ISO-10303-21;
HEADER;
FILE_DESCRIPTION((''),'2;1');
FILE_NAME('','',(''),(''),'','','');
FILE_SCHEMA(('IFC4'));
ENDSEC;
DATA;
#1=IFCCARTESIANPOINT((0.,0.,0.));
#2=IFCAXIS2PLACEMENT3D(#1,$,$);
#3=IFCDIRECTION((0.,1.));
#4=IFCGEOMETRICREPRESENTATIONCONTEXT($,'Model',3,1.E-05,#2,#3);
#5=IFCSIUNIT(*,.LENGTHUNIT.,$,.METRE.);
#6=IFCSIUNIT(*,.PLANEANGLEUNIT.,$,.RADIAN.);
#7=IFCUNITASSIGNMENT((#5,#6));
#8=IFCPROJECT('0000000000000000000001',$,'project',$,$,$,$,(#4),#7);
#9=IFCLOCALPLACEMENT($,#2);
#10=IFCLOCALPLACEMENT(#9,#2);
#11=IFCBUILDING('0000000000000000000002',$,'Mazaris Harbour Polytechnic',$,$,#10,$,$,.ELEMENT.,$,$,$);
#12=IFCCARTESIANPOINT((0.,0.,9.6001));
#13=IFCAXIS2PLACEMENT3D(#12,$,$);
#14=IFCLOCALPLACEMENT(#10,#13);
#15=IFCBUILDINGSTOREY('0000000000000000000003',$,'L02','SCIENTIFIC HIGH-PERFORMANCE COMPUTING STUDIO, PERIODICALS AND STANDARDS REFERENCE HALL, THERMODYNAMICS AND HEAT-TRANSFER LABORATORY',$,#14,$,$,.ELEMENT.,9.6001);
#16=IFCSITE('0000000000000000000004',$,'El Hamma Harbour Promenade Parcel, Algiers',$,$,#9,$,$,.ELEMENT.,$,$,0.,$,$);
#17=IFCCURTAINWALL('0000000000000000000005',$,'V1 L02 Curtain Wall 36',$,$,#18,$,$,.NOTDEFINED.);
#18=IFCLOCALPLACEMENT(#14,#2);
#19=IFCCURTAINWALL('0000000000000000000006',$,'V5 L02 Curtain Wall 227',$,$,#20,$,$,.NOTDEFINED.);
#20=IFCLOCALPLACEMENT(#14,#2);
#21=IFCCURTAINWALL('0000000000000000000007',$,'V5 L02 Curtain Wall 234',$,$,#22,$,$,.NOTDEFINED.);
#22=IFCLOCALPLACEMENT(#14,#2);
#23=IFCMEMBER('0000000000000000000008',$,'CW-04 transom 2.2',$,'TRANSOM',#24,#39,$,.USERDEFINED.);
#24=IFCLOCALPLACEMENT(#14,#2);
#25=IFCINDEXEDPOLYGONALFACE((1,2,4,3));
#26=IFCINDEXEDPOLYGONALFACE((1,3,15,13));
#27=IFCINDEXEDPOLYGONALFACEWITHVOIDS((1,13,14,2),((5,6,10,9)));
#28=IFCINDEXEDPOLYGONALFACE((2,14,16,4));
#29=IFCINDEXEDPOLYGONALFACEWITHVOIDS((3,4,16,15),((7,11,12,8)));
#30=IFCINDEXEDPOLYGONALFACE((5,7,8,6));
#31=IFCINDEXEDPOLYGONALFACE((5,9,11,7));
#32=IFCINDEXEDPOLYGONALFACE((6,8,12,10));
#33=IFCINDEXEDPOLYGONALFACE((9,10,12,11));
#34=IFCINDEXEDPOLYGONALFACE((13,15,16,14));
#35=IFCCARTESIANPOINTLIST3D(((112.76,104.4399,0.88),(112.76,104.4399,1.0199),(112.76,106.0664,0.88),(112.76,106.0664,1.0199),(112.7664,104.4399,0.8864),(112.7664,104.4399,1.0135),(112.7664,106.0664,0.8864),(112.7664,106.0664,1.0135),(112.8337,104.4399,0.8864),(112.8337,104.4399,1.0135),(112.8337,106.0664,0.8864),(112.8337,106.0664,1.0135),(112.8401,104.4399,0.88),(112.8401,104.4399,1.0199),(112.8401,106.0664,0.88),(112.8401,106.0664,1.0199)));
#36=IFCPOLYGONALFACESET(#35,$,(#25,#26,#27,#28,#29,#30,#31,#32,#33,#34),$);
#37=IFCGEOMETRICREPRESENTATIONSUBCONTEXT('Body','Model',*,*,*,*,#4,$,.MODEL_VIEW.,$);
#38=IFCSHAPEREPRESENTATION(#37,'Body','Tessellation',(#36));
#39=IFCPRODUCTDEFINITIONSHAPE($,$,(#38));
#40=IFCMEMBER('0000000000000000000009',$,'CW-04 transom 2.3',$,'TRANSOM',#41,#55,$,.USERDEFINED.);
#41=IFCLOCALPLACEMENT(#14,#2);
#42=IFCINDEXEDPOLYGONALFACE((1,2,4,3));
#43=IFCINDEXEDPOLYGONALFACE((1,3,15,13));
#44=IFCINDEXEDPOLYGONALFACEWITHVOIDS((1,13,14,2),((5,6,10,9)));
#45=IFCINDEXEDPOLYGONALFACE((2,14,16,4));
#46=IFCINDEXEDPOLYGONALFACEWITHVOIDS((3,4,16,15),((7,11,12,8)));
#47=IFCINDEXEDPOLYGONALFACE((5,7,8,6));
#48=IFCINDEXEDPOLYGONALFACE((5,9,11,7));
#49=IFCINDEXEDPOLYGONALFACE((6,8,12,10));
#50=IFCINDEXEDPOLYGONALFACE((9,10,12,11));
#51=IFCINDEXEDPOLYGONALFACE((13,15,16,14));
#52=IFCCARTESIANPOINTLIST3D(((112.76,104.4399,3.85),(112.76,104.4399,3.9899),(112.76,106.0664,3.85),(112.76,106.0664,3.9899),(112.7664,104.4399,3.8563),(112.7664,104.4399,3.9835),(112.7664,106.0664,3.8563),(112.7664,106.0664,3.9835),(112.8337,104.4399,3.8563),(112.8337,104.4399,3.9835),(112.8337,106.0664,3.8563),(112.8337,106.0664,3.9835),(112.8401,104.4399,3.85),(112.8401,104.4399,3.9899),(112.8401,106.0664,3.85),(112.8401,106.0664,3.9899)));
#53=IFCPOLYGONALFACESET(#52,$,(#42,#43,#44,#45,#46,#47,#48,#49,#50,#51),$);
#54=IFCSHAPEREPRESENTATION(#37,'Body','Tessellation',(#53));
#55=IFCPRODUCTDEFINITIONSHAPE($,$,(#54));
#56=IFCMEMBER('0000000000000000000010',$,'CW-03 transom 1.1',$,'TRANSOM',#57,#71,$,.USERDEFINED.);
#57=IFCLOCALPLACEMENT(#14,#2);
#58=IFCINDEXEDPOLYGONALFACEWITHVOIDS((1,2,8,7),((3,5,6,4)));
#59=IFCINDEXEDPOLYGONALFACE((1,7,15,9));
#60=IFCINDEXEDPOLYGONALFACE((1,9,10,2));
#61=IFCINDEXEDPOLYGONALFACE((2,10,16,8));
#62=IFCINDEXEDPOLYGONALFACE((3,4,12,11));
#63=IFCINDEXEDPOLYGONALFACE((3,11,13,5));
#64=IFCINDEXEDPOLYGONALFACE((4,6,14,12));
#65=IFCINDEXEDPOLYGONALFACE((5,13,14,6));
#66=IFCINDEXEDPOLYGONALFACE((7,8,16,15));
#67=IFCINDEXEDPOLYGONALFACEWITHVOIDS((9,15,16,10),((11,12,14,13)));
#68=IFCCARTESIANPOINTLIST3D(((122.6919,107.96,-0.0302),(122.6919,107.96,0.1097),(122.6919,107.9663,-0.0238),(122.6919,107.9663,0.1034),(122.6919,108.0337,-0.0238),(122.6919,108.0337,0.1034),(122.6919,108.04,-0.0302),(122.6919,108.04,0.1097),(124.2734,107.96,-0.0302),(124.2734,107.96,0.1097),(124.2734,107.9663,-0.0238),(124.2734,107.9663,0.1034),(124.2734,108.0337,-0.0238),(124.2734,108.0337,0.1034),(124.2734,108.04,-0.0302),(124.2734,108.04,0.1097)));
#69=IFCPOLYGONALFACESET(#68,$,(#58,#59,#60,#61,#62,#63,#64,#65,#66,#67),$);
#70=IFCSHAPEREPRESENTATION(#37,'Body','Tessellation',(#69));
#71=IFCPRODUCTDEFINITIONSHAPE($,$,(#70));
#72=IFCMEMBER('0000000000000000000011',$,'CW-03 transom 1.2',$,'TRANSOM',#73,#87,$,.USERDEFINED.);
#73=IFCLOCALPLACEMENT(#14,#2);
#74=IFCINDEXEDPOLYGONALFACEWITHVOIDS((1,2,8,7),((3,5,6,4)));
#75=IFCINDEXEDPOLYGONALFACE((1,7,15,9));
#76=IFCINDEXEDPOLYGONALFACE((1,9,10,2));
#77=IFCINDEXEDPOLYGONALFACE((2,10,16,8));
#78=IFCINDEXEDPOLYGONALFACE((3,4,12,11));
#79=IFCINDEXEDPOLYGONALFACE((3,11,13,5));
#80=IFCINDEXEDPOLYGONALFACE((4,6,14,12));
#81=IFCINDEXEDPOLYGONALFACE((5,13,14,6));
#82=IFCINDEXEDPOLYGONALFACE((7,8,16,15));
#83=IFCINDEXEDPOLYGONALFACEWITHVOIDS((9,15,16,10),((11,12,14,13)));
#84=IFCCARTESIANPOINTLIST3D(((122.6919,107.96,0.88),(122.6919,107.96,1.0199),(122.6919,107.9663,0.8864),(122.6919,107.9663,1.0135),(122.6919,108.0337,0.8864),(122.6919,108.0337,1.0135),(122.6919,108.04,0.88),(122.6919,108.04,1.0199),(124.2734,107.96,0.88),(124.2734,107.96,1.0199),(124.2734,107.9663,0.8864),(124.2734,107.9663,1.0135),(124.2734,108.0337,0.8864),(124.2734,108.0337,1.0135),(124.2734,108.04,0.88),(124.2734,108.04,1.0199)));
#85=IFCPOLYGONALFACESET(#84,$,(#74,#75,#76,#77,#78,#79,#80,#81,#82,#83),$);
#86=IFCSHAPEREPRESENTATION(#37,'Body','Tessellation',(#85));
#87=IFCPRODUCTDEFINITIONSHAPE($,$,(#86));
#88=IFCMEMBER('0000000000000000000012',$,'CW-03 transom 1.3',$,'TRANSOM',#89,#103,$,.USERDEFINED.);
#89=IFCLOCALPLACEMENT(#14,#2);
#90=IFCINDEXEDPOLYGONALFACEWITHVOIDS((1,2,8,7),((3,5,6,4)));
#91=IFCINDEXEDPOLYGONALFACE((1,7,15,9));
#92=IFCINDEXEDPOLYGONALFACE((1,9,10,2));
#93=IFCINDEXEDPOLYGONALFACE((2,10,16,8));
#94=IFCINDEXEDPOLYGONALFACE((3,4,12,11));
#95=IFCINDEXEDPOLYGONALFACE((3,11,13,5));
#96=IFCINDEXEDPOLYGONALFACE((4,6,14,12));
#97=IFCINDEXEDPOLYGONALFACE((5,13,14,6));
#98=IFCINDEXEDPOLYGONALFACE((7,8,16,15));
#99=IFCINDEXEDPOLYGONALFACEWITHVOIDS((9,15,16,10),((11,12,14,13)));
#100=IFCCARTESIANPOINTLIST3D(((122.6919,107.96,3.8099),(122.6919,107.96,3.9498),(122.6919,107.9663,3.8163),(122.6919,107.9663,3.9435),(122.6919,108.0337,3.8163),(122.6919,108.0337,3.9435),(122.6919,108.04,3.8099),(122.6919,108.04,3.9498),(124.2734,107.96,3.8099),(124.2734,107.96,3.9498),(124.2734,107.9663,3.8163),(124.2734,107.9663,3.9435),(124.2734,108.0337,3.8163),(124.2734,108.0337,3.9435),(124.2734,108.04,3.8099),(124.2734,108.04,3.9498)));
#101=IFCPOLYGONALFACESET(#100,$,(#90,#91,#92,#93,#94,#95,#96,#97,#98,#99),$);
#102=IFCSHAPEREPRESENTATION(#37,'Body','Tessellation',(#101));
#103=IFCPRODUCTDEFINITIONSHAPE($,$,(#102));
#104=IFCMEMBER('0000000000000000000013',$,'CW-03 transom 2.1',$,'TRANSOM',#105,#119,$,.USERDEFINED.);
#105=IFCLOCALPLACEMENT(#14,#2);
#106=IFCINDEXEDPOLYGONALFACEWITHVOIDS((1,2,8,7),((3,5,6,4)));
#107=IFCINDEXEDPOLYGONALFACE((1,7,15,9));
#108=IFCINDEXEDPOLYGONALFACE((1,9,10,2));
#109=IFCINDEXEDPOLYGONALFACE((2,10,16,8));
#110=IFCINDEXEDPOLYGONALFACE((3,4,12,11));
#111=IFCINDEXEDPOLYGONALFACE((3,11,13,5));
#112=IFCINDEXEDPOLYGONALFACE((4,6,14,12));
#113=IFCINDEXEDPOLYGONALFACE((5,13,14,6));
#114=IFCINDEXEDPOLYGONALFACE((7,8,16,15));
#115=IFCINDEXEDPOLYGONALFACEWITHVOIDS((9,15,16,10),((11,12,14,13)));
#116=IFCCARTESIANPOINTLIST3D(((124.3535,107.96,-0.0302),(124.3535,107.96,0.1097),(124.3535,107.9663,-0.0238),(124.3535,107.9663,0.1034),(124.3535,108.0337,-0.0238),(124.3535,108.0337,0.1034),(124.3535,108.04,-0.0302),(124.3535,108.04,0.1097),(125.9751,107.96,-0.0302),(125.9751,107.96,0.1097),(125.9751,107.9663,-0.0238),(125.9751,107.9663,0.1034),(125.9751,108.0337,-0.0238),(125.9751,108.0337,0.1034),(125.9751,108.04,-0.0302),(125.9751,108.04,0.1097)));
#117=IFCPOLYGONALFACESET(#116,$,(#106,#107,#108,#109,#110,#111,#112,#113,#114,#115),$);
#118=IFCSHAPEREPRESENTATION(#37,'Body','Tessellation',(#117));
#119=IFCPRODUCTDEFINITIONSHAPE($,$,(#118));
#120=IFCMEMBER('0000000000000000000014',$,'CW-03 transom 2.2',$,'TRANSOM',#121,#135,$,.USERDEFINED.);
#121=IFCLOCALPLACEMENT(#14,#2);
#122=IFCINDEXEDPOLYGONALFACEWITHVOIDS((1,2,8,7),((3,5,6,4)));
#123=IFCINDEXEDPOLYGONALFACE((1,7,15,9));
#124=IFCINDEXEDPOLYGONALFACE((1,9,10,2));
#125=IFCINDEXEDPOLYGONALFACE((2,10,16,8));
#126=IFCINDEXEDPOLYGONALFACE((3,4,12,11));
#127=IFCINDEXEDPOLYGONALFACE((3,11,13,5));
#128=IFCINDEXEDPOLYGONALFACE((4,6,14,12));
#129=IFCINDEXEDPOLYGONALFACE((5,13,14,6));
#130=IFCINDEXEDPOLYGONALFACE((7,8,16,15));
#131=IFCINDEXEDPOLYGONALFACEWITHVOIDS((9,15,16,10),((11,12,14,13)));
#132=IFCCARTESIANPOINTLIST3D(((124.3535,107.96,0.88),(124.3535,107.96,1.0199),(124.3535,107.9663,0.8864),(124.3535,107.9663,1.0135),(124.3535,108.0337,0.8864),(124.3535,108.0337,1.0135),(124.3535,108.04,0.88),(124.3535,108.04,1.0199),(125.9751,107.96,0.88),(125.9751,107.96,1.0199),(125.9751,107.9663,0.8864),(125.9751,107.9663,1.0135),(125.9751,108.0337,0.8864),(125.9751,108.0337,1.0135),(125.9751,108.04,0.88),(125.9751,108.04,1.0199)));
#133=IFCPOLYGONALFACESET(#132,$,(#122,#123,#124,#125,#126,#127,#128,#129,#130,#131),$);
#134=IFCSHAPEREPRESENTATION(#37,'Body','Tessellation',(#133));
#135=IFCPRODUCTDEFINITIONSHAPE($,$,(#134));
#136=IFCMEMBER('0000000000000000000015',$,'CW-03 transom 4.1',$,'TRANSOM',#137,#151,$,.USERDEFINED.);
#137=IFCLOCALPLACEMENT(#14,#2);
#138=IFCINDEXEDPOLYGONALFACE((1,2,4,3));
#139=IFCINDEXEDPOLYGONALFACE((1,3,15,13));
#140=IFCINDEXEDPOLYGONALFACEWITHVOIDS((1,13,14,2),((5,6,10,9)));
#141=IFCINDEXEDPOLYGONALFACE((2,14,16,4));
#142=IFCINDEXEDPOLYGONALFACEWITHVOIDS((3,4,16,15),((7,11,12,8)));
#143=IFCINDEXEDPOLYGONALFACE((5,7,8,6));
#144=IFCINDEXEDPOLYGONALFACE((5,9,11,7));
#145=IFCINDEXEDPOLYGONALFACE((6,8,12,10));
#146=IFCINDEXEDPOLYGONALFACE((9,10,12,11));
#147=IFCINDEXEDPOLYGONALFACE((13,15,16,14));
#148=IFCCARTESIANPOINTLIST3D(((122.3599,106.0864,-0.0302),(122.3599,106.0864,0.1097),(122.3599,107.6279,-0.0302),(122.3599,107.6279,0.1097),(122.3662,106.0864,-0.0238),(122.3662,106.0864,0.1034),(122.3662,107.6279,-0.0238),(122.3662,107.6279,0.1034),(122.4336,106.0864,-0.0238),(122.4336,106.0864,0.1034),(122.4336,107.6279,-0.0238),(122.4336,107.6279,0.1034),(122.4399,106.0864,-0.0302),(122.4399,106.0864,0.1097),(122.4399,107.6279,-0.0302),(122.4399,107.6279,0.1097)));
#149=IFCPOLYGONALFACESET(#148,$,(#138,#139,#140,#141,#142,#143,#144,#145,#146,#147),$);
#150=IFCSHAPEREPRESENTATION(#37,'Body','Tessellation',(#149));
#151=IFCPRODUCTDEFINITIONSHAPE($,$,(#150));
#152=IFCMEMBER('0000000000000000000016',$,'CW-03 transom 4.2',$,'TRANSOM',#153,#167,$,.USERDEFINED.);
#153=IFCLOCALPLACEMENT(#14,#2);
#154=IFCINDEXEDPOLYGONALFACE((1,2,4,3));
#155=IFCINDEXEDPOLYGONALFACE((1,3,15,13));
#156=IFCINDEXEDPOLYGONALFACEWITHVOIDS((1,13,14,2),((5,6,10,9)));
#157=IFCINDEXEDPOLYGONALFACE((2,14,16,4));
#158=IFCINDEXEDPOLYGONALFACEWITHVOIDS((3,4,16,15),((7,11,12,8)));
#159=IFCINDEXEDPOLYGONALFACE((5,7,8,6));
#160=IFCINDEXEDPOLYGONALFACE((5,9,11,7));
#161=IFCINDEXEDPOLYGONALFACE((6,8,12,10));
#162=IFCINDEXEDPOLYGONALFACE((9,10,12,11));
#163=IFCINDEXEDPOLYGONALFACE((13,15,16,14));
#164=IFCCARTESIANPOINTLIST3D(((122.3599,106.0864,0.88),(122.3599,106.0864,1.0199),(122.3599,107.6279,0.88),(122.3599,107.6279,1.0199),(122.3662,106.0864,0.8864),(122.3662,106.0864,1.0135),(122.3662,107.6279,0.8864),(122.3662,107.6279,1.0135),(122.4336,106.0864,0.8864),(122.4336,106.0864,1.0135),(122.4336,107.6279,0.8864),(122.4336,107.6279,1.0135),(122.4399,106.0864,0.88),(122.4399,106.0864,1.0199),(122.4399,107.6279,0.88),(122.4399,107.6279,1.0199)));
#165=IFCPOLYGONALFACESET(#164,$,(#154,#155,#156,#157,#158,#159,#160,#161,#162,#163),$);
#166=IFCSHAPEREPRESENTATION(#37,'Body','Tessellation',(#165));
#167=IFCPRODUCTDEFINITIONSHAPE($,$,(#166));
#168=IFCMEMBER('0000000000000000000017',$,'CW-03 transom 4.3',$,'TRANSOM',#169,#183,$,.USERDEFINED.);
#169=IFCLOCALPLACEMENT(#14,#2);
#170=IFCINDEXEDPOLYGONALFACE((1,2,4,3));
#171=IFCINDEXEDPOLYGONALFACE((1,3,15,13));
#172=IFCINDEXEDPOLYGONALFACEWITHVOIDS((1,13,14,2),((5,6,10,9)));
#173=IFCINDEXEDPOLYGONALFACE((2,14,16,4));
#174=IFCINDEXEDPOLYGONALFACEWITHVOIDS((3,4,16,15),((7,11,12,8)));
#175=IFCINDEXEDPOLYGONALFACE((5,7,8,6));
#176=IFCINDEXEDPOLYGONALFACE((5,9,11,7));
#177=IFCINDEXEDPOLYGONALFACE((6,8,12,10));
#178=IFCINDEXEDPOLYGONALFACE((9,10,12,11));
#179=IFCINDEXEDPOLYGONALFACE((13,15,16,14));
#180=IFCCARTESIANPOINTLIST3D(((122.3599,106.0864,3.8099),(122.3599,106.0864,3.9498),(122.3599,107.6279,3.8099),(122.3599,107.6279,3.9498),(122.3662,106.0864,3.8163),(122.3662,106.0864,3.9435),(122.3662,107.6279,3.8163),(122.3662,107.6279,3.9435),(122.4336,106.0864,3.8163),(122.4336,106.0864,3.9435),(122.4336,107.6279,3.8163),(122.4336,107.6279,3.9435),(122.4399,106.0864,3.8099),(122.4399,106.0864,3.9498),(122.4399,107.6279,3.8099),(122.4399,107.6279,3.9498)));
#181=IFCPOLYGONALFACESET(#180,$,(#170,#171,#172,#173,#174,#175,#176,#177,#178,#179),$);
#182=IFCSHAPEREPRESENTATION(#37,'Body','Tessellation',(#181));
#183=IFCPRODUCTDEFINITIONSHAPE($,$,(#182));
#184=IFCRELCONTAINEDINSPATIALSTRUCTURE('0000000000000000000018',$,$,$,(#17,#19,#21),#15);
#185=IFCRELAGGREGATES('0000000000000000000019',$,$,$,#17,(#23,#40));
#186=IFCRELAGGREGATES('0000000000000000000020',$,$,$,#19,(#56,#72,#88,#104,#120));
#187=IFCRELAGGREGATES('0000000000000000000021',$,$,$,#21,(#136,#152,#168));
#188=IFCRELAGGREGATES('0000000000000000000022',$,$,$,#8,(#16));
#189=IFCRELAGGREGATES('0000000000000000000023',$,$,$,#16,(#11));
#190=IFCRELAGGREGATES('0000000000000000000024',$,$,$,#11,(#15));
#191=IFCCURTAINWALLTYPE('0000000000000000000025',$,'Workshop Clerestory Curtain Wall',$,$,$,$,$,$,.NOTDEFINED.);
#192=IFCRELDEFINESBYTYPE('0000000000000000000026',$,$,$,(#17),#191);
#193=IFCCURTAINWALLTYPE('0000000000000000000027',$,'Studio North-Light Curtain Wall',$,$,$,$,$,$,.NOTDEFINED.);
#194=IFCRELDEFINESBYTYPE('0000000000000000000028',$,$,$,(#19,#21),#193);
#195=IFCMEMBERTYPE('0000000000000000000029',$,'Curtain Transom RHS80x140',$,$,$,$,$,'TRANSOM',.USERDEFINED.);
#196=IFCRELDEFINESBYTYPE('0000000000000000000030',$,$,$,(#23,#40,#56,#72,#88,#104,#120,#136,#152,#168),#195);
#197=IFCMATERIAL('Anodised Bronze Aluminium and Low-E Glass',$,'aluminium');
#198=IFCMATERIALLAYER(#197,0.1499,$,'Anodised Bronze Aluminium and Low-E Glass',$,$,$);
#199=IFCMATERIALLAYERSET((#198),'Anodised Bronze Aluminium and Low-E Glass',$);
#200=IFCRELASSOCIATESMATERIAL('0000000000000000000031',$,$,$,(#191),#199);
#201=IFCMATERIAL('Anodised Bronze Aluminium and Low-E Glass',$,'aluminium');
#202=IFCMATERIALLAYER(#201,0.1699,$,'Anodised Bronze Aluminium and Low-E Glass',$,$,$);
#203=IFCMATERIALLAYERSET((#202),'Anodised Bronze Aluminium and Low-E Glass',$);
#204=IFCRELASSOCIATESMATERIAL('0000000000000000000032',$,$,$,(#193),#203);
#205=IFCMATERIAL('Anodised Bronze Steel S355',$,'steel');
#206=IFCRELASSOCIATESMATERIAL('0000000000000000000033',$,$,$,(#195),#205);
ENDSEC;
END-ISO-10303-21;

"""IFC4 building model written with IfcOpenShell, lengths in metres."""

from ifc_helpers import new_model, si_unit, direction, frame, origin, origin_2d, place, context, subcontext, project, spatial, hollow_rectangle, extrude, material, layer, layer_set, material_profile, profile_set, type_object, element, aggregate, save


model = new_model("IFC4")

# Units and contexts
model_context = context("Model", 3, precision=1e-05, world=origin(), true_north=direction((0.0, 1.0)))
body_context = subcontext(model_context, "Body", "Model", "MODEL_VIEW")
ifc_project = project(units=[si_unit("LENGTHUNIT", "METRE"), si_unit("PLANEANGLEUNIT", "RADIAN")], contexts=[model_context])

# Site, building, storey
site_placement = place(None, origin())
site = spatial("IfcSite", under=ifc_project, at=site_placement, Name="El Hamma Harbour Promenade Parcel, Algiers", CompositionType="ELEMENT", RefElevation=0.0)
building_placement = place(site_placement, origin())
building = spatial("IfcBuilding", under=site, at=building_placement, Name="Mazaris Harbour Polytechnic", CompositionType="ELEMENT")
storey_placement = place(building_placement, frame((0.0, 0.0, 9.6001)))
storey = spatial("IfcBuildingStorey", under=building, at=storey_placement, Name="L02", Description="SCIENTIFIC HIGH-PERFORMANCE COMPUTING STUDIO, PERIODICALS AND STANDARDS REFERENCE HALL, THERMODYNAMICS AND HEAT-TRANSFER LABORATORY", CompositionType="ELEMENT", Elevation=9.6001)

# Curtain walls
ifc_material_1 = material(Name="Anodised Bronze Aluminium and Low-E Glass", Category="aluminium")
ifc_layer_1 = layer(ifc_material_1, 0.1499, Name="Anodised Bronze Aluminium and Low-E Glass")
ifc_layer_set_1 = layer_set([ifc_layer_1], Name="Anodised Bronze Aluminium and Low-E Glass")
curtain_wall_type_1 = type_object("IfcCurtainWallType", Name="Workshop Clerestory Curtain Wall", PredefinedType="NOTDEFINED", material=ifc_layer_set_1)
curtain_wall_1_placement = place(storey_placement, origin())
curtain_wall_1 = element("IfcCurtainWall", 1, at=curtain_wall_1_placement, inside=storey, type_object=curtain_wall_type_1, Name="V1 L02 Curtain Wall 36", PredefinedType="NOTDEFINED")
ifc_material_2 = material(Name="Anodised Bronze Aluminium and Low-E Glass", Category="aluminium")
ifc_layer_2 = layer(ifc_material_2, 0.1699, Name="Anodised Bronze Aluminium and Low-E Glass")
ifc_layer_set_2 = layer_set([ifc_layer_2], Name="Anodised Bronze Aluminium and Low-E Glass")
curtain_wall_type_2 = type_object("IfcCurtainWallType", Name="Studio North-Light Curtain Wall", PredefinedType="NOTDEFINED", material=ifc_layer_set_2)
curtain_wall_2_placement = place(storey_placement, origin())
curtain_wall_2 = element("IfcCurtainWall", 2, at=curtain_wall_2_placement, inside=storey, type_object=curtain_wall_type_2, Name="V5 L02 Curtain Wall 227", PredefinedType="NOTDEFINED")
curtain_wall_3_placement = place(storey_placement, origin())
curtain_wall_3 = element("IfcCurtainWall", 3, at=curtain_wall_3_placement, inside=storey, type_object=curtain_wall_type_2, Name="V5 L02 Curtain Wall 234", PredefinedType="NOTDEFINED")

# Members
ifc_material_3 = material(Name="Anodised Bronze Steel S355", Category="steel")
ifc_material_profile_1 = material_profile(ifc_material_3, hollow_rectangle(XDim=0.0801, YDim=0.1399, WallThickness=0.0063, at=origin_2d()), Name="RHS 80x140x6.3")
ifc_profile_set_1 = profile_set([ifc_material_profile_1], Name="Anodised Bronze Steel S355")
member_type_1 = type_object("IfcMemberType", Name="Curtain Transom RHS80x140", ElementType="TRANSOM", PredefinedType="USERDEFINED", material=ifc_profile_set_1)
member_1_placement = place(storey_placement, frame((112.8, 106.0664, 0.95), z_axis=(0.0, -1.0, 0.0), x_axis=(1.0, 0.0, 0.0)))
member_1 = element("IfcMember", 4, at=member_1_placement, type_object=member_type_1, Name="CW-04 transom 2.2", ObjectType="TRANSOM", PredefinedType="USERDEFINED", context=body_context, shape_type="SweptSolid", body=[
    extrude(hollow_rectangle(XDim=0.0801, YDim=0.1399, WallThickness=0.0063, at=origin_2d()), origin(), (0.0, 0.0, 1.0), 1.6265),
])
member_2_placement = place(storey_placement, frame((112.8, 106.0664, 3.9199), z_axis=(0.0, -1.0, 0.0), x_axis=(1.0, 0.0, 0.0)))
member_2 = element("IfcMember", 5, at=member_2_placement, type_object=member_type_1, Name="CW-04 transom 2.3", ObjectType="TRANSOM", PredefinedType="USERDEFINED", context=body_context, shape_type="SweptSolid", body=[
    extrude(hollow_rectangle(XDim=0.0801, YDim=0.1399, WallThickness=0.0063, at=origin_2d()), origin(), (0.0, 0.0, 1.0), 1.6265),
])
member_3_placement = place(storey_placement, frame((122.6919, 108.0, 0.0398), z_axis=(1.0, 0.0, 0.0), x_axis=(0.0, 1.0, 0.0)))
member_3 = element("IfcMember", 6, at=member_3_placement, type_object=member_type_1, Name="CW-03 transom 1.1", ObjectType="TRANSOM", PredefinedType="USERDEFINED", context=body_context, shape_type="SweptSolid", body=[
    extrude(hollow_rectangle(XDim=0.0801, YDim=0.1399, WallThickness=0.0063, at=origin_2d()), origin(), (0.0, 0.0, 1.0), 1.5815),
])
member_4_placement = place(storey_placement, frame((122.6919, 108.0, 0.95), z_axis=(1.0, 0.0, 0.0), x_axis=(0.0, 1.0, 0.0)))
member_4 = element("IfcMember", 7, at=member_4_placement, type_object=member_type_1, Name="CW-03 transom 1.2", ObjectType="TRANSOM", PredefinedType="USERDEFINED", context=body_context, shape_type="SweptSolid", body=[
    extrude(hollow_rectangle(XDim=0.0801, YDim=0.1399, WallThickness=0.0063, at=origin_2d()), origin(), (0.0, 0.0, 1.0), 1.5815),
])
member_5_placement = place(storey_placement, frame((122.6919, 108.0, 3.8799), z_axis=(1.0, 0.0, 0.0), x_axis=(0.0, 1.0, 0.0)))
member_5 = element("IfcMember", 8, at=member_5_placement, type_object=member_type_1, Name="CW-03 transom 1.3", ObjectType="TRANSOM", PredefinedType="USERDEFINED", context=body_context, shape_type="SweptSolid", body=[
    extrude(hollow_rectangle(XDim=0.0801, YDim=0.1399, WallThickness=0.0063, at=origin_2d()), origin(), (0.0, 0.0, 1.0), 1.5815),
])
member_6_placement = place(storey_placement, frame((124.3535, 108.0, 0.0398), z_axis=(1.0, 0.0, 0.0), x_axis=(0.0, 1.0, 0.0)))
member_6 = element("IfcMember", 9, at=member_6_placement, type_object=member_type_1, Name="CW-03 transom 2.1", ObjectType="TRANSOM", PredefinedType="USERDEFINED", context=body_context, shape_type="SweptSolid", body=[
    extrude(hollow_rectangle(XDim=0.0801, YDim=0.1399, WallThickness=0.0063, at=origin_2d()), origin(), (0.0, 0.0, 1.0), 1.6216),
])
member_7_placement = place(storey_placement, frame((124.3535, 108.0, 0.95), z_axis=(1.0, 0.0, 0.0), x_axis=(0.0, 1.0, 0.0)))
member_7 = element("IfcMember", 10, at=member_7_placement, type_object=member_type_1, Name="CW-03 transom 2.2", ObjectType="TRANSOM", PredefinedType="USERDEFINED", context=body_context, shape_type="SweptSolid", body=[
    extrude(hollow_rectangle(XDim=0.0801, YDim=0.1399, WallThickness=0.0063, at=origin_2d()), origin(), (0.0, 0.0, 1.0), 1.6216),
])
member_8_placement = place(storey_placement, frame((122.3999, 106.0864, 0.0398), z_axis=(0.0, 1.0, 0.0), x_axis=(-1.0, 0.0, 0.0)))
member_8 = element("IfcMember", 11, at=member_8_placement, type_object=member_type_1, Name="CW-03 transom 4.1", ObjectType="TRANSOM", PredefinedType="USERDEFINED", context=body_context, shape_type="SweptSolid", body=[
    extrude(hollow_rectangle(XDim=0.0801, YDim=0.1399, WallThickness=0.0063, at=origin_2d()), origin(), (0.0, 0.0, 1.0), 1.5415),
])
member_9_placement = place(storey_placement, frame((122.3999, 106.0864, 0.95), z_axis=(0.0, 1.0, 0.0), x_axis=(-1.0, 0.0, 0.0)))
member_9 = element("IfcMember", 12, at=member_9_placement, type_object=member_type_1, Name="CW-03 transom 4.2", ObjectType="TRANSOM", PredefinedType="USERDEFINED", context=body_context, shape_type="SweptSolid", body=[
    extrude(hollow_rectangle(XDim=0.0801, YDim=0.1399, WallThickness=0.0063, at=origin_2d()), origin(), (0.0, 0.0, 1.0), 1.5415),
])
member_10_placement = place(storey_placement, frame((122.3999, 106.0864, 3.8799), z_axis=(0.0, 1.0, 0.0), x_axis=(-1.0, 0.0, 0.0)))
member_10 = element("IfcMember", 13, at=member_10_placement, type_object=member_type_1, Name="CW-03 transom 4.3", ObjectType="TRANSOM", PredefinedType="USERDEFINED", context=body_context, shape_type="SweptSolid", body=[
    extrude(hollow_rectangle(XDim=0.0801, YDim=0.1399, WallThickness=0.0063, at=origin_2d()), origin(), (0.0, 0.0, 1.0), 1.5415),
])

aggregate(curtain_wall_1, [member_1, member_2])
aggregate(curtain_wall_2, [member_3, member_4, member_5, member_6, member_7])
aggregate(curtain_wall_3, [member_8, member_9, member_10])

save(model, "model.ifc")
